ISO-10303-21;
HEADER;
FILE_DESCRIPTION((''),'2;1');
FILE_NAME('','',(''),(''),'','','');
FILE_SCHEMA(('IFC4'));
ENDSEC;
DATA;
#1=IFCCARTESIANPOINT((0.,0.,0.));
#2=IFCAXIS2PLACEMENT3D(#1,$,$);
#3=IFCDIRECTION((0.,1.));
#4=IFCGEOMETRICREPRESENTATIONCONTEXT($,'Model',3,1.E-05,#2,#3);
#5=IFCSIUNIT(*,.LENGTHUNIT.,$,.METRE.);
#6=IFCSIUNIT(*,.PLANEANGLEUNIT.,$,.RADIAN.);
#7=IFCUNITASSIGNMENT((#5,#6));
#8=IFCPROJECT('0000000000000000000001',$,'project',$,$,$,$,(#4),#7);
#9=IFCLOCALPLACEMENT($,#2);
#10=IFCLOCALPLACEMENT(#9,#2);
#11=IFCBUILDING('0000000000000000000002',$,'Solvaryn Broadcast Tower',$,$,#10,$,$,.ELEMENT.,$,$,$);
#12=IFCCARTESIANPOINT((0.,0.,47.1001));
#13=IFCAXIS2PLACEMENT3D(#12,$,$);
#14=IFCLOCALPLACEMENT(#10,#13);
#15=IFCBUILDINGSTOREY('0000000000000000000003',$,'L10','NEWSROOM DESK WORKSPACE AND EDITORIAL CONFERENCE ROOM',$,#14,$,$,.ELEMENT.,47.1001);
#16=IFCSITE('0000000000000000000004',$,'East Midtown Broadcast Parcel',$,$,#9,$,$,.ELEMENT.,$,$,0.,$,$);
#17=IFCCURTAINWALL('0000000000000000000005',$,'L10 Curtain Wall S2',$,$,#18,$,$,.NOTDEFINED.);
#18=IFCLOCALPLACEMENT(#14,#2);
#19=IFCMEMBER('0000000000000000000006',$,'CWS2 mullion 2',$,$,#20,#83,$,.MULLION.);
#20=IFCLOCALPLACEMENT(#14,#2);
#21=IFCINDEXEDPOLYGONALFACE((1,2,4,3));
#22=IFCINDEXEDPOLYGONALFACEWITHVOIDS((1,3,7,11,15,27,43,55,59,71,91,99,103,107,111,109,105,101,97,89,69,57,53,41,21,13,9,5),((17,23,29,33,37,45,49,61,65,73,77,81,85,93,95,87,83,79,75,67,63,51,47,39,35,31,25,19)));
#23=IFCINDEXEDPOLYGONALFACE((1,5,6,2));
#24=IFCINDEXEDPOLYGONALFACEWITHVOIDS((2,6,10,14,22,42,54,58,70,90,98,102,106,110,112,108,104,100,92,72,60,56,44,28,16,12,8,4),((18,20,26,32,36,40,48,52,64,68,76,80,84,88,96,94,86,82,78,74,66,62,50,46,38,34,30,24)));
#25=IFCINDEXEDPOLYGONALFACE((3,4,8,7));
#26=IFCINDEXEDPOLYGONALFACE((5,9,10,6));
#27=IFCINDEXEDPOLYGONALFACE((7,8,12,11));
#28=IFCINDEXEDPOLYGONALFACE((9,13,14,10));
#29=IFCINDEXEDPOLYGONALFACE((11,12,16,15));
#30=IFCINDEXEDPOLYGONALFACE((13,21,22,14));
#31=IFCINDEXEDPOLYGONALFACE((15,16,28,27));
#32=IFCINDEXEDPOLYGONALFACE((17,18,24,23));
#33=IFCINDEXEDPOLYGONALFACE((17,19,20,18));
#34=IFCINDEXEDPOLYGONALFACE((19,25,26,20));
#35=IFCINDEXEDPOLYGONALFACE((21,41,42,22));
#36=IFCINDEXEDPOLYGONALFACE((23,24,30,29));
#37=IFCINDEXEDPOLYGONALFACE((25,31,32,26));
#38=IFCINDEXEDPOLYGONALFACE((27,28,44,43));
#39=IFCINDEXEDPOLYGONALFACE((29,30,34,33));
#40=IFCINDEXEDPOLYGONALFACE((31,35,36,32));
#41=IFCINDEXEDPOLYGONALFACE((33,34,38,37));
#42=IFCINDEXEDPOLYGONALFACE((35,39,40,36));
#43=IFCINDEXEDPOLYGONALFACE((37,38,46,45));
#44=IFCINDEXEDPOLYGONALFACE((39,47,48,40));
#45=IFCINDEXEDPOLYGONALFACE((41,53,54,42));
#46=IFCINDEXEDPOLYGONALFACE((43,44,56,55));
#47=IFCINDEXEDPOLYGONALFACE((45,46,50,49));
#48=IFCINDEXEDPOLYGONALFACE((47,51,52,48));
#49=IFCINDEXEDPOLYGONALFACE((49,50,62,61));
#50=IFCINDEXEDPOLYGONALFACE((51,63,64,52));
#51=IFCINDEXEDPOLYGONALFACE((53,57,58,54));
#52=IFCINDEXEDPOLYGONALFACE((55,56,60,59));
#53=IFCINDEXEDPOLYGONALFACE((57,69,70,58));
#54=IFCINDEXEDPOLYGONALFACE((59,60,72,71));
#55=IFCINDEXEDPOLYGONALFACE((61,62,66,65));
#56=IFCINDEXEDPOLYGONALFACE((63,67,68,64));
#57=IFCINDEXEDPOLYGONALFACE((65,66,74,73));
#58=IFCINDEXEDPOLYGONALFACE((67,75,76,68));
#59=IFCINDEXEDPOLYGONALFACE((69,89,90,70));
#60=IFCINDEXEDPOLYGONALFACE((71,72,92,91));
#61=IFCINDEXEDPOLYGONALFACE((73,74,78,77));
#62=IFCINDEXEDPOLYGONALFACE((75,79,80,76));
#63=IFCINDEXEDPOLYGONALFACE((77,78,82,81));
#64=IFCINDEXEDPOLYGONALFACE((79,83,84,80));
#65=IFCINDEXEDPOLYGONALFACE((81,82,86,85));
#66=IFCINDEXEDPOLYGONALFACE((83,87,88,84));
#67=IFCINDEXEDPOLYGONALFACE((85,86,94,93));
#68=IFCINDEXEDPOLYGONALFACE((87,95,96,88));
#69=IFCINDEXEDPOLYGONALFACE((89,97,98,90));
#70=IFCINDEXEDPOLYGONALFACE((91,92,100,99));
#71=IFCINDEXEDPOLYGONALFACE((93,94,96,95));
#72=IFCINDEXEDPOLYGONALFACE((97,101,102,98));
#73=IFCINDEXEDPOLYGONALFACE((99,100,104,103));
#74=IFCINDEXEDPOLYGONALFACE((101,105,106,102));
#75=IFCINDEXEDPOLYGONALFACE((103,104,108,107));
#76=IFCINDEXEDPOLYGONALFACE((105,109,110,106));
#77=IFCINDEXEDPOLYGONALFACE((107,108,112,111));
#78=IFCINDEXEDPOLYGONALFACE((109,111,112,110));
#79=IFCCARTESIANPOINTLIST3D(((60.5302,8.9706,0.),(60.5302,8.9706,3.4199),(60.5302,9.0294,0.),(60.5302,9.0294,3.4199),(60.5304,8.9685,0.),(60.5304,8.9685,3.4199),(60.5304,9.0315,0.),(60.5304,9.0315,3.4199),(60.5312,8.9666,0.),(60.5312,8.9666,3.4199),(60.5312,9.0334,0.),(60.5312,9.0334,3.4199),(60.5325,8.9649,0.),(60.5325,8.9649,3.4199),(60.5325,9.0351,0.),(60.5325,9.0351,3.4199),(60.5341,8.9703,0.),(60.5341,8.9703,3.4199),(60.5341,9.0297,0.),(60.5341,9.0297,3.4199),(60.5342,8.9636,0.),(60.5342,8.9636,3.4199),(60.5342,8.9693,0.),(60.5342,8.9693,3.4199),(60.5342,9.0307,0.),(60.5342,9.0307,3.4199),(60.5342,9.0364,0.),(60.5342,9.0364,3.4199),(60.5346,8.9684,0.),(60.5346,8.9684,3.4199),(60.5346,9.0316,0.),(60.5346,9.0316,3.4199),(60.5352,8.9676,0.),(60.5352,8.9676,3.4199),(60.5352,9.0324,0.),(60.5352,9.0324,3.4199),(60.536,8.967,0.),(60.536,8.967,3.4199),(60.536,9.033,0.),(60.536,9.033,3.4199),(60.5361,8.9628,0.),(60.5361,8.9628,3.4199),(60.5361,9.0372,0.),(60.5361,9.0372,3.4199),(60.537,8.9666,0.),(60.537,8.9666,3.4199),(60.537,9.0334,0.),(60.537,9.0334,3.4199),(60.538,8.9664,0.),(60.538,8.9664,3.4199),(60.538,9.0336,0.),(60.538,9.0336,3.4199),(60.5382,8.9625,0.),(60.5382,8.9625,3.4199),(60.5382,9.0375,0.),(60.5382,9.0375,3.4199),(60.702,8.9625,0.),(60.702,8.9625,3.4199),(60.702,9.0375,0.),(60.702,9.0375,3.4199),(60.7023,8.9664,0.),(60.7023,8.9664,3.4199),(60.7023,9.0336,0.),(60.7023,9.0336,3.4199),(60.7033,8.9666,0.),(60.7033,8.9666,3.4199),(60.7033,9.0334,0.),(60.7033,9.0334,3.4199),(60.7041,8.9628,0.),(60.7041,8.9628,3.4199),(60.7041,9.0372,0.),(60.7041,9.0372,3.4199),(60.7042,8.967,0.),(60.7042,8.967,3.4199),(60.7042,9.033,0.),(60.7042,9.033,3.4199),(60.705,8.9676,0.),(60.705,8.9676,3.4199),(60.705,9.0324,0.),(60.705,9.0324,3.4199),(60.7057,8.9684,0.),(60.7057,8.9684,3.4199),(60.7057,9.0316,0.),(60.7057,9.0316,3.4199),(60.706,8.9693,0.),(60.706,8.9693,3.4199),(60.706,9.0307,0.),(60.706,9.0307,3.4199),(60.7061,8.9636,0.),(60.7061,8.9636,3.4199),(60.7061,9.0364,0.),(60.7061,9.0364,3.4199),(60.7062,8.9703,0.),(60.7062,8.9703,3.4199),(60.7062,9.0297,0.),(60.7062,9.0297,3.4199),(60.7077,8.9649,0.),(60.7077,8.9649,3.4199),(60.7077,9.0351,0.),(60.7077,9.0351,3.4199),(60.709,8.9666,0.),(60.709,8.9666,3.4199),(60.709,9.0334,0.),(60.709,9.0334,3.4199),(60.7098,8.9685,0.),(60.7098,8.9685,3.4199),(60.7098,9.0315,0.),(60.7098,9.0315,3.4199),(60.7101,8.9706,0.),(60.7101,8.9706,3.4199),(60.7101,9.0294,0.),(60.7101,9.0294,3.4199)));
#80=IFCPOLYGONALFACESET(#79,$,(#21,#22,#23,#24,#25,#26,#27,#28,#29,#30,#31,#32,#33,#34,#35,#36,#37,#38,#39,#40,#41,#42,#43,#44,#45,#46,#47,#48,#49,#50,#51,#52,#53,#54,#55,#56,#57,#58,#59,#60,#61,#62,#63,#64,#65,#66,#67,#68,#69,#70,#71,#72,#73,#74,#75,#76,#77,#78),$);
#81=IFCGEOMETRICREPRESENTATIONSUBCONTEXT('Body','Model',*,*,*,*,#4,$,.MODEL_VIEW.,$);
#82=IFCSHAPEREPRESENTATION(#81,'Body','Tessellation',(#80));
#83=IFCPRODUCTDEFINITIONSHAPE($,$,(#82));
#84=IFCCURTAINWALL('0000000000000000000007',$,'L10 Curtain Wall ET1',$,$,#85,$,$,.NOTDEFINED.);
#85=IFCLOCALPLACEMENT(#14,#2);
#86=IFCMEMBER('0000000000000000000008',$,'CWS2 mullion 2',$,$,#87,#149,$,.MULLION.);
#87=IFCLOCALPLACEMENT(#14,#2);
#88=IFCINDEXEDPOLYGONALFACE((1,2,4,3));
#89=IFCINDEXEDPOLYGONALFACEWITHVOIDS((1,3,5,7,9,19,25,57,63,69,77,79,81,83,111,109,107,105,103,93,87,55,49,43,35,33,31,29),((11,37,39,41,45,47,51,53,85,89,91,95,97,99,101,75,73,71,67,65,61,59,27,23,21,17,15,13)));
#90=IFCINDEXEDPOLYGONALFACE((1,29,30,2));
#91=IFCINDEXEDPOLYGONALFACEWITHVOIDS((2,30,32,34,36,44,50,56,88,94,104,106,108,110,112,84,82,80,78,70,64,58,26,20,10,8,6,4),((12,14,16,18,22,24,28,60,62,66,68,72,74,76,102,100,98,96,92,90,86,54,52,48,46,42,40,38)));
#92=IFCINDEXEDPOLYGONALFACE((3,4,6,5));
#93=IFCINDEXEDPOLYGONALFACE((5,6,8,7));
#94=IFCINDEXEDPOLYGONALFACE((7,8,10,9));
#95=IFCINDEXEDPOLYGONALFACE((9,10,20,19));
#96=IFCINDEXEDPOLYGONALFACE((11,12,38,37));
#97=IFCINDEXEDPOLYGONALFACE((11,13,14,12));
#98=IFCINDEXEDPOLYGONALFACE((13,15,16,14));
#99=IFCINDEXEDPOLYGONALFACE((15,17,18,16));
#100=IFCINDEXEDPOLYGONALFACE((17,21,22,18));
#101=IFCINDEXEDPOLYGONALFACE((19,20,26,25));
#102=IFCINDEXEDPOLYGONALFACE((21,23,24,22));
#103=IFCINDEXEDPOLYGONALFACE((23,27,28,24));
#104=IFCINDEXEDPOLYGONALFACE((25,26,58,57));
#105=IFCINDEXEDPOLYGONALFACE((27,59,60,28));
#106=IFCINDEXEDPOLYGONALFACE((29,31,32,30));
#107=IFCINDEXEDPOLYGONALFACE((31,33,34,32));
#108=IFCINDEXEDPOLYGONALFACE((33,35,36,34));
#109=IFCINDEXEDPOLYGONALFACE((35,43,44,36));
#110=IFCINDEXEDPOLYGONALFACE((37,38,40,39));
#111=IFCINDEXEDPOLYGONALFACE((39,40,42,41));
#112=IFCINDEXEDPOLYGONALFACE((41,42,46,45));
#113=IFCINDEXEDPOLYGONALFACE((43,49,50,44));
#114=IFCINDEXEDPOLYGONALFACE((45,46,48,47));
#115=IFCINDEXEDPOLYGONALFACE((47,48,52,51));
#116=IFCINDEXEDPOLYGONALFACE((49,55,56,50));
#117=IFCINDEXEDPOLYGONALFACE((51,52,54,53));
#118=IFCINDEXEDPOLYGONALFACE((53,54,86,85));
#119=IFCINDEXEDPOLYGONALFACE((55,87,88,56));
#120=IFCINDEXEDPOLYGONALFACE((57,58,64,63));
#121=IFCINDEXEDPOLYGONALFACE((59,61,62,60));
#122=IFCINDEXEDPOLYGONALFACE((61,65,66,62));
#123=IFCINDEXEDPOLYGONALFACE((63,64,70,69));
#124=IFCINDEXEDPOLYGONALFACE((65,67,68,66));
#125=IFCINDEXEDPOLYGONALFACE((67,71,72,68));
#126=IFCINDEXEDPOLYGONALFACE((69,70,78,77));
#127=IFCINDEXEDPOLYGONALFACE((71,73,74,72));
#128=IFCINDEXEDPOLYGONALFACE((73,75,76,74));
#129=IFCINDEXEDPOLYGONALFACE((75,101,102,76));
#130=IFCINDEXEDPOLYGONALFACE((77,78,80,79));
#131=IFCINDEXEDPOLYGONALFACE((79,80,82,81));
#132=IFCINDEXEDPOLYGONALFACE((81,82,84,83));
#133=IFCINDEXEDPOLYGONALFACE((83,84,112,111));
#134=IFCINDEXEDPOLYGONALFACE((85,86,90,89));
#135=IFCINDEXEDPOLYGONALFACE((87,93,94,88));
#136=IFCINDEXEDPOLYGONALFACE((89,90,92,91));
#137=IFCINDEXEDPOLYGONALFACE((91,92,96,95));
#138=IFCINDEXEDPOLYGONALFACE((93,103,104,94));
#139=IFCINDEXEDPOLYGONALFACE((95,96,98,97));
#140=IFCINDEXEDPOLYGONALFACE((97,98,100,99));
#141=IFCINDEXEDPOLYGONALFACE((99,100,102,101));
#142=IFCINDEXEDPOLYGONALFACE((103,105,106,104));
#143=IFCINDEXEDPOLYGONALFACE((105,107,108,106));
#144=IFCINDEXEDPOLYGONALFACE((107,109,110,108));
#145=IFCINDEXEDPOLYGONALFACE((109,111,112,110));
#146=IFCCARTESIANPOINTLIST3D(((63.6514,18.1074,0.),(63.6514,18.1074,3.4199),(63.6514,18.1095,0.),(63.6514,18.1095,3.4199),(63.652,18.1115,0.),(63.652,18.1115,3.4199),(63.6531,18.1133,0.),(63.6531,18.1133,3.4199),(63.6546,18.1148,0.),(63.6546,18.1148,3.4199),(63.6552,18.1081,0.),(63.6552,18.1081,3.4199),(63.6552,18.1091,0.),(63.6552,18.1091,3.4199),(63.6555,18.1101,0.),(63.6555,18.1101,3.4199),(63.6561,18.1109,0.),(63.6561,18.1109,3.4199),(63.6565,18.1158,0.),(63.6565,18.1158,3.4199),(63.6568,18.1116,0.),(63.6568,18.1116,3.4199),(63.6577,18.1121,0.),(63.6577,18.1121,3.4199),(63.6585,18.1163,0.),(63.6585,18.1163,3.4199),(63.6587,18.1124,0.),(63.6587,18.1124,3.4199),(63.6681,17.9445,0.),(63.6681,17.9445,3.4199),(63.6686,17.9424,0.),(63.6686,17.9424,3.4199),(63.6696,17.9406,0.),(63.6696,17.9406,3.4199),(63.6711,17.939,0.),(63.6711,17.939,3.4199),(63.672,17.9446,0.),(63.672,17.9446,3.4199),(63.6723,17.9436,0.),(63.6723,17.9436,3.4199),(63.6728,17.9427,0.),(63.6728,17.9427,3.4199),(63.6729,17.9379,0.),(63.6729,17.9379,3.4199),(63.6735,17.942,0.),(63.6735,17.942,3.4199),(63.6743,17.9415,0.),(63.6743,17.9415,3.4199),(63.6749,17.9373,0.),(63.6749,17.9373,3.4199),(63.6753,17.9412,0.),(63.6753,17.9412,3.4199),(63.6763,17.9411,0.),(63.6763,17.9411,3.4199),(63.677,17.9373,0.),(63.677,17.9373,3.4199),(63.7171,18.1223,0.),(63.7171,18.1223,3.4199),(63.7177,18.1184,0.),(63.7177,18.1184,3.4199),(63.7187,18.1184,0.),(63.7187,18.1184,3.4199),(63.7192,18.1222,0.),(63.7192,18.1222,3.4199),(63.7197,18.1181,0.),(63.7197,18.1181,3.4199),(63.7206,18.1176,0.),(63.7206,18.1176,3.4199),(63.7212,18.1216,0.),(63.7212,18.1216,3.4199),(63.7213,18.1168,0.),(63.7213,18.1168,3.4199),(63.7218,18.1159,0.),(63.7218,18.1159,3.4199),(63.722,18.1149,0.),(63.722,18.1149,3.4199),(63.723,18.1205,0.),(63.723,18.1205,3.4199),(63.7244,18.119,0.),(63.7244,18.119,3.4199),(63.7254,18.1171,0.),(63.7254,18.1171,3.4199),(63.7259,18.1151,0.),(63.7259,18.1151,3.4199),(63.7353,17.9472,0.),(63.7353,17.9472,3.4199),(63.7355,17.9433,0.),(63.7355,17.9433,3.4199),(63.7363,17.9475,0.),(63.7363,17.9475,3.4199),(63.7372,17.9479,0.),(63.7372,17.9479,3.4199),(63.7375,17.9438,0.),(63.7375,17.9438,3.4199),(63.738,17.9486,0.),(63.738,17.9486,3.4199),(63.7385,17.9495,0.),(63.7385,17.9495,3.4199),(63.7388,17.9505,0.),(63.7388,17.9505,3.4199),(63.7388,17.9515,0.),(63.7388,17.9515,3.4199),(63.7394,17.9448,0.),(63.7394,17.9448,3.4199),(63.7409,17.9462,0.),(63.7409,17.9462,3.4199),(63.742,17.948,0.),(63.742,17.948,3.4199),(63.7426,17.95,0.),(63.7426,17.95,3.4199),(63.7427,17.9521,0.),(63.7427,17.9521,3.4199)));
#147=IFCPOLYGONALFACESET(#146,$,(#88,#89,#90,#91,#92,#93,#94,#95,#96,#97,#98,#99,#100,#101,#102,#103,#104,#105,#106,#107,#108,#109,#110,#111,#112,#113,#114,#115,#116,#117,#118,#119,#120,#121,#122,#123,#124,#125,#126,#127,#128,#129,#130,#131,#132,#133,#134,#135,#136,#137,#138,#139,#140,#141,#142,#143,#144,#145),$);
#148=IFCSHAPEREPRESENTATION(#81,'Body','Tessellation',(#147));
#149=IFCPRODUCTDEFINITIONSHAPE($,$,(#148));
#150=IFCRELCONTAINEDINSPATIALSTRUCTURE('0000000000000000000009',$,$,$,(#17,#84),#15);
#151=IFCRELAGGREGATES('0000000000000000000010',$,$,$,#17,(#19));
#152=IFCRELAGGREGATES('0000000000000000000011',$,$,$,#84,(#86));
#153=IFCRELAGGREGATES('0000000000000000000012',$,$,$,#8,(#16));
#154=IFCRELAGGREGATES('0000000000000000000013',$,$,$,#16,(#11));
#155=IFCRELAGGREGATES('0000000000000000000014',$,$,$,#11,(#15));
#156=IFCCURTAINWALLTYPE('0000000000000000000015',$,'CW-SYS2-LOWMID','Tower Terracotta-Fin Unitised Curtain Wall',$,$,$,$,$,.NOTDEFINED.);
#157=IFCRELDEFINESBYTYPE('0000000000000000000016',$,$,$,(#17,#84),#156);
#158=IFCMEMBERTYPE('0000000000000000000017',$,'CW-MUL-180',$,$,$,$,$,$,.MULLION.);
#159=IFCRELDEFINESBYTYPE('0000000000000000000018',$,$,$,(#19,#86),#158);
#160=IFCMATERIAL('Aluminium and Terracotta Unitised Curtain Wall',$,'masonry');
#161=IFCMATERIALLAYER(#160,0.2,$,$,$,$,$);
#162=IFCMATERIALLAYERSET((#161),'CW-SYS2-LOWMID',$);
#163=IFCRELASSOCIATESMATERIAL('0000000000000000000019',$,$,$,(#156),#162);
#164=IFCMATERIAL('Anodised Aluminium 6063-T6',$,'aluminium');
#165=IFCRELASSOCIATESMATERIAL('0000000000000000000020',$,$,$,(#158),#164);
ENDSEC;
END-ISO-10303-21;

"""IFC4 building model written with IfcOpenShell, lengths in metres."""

from ifc_helpers import new_model, si_unit, direction, frame, origin, origin_2d, place, context, subcontext, project, spatial, hollow_rectangle, extrude, material, layer, layer_set, material_profile, profile_set, type_object, element, aggregate, save


model = new_model("IFC4")

# Units and contexts
model_context = context("Model", 3, precision=1e-05, world=origin(), true_north=direction((0.0, 1.0)))
body_context = subcontext(model_context, "Body", "Model", "MODEL_VIEW")
ifc_project = project(units=[si_unit("LENGTHUNIT", "METRE"), si_unit("PLANEANGLEUNIT", "RADIAN")], contexts=[model_context])

# Site, building, storey
site_placement = place(None, origin())
site = spatial("IfcSite", under=ifc_project, at=site_placement, Name="East Midtown Broadcast Parcel", CompositionType="ELEMENT", RefElevation=0.0)
building_placement = place(site_placement, origin())
building = spatial("IfcBuilding", under=site, at=building_placement, Name="Solvaryn Broadcast Tower", CompositionType="ELEMENT")
storey_placement = place(building_placement, frame((0.0, 0.0, 47.1001)))
storey = spatial("IfcBuildingStorey", under=building, at=storey_placement, Name="L10", Description="NEWSROOM DESK WORKSPACE AND EDITORIAL CONFERENCE ROOM", CompositionType="ELEMENT", Elevation=47.1001)

# Curtain walls, members
ifc_material_1 = material(Name="Aluminium and Terracotta Unitised Curtain Wall", Category="masonry")
ifc_layer_1 = layer(ifc_material_1, 0.2)
ifc_layer_set_1 = layer_set([ifc_layer_1], Name="CW-SYS2-LOWMID")
curtain_wall_type = type_object("IfcCurtainWallType", Name="CW-SYS2-LOWMID", Description="Tower Terracotta-Fin Unitised Curtain Wall", PredefinedType="NOTDEFINED", material=ifc_layer_set_1)
curtain_wall_1_placement = place(storey_placement, origin())
curtain_wall_1 = element("IfcCurtainWall", 1, at=curtain_wall_1_placement, inside=storey, type_object=curtain_wall_type, Name="L10 Curtain Wall S2", PredefinedType="NOTDEFINED")
ifc_material_2 = material(Name="Anodised Aluminium 6063-T6", Category="aluminium")
ifc_material_profile_1 = material_profile(ifc_material_2, hollow_rectangle(XDim=0.075, YDim=0.1799, WallThickness=0.0039, InnerFilletRadius=0.0039, OuterFilletRadius=0.0081, at=origin_2d()))
ifc_profile_set_1 = profile_set([ifc_material_profile_1], Name="Anodised Aluminium 6063-T6")
member_type_1 = type_object("IfcMemberType", Name="CW-MUL-180", PredefinedType="MULLION", material=ifc_profile_set_1)
member_1_placement = place(storey_placement, frame((60.6201, 9.0, 0.0), z_axis=(0.0, 0.0, 1.0), x_axis=(0.0, 1.0, 0.0)))
member_1 = element("IfcMember", 2, at=member_1_placement, type_object=member_type_1, Name="CWS2 mullion 2", PredefinedType="MULLION", context=body_context, shape_type="SweptSolid", body=[
    extrude(hollow_rectangle(XDim=0.075, YDim=0.1799, WallThickness=0.0039, InnerFilletRadius=0.0039, OuterFilletRadius=0.0081, at=origin_2d()), origin(), (0.0, 0.0, 1.0), 3.4199),
])
aggregate(curtain_wall_1, [member_1])
curtain_wall_2_placement = place(storey_placement, origin())
curtain_wall_2 = element("IfcCurtainWall", 3, at=curtain_wall_2_placement, inside=storey, type_object=curtain_wall_type, Name="L10 Curtain Wall ET1", PredefinedType="NOTDEFINED")
member_2_placement = place(storey_placement, frame((63.697, 18.0298, 0.0), z_axis=(0.0, 0.0, 1.0), x_axis=(0.994743, 0.1024, 0.0)))
member_2 = element("IfcMember", 4, at=member_2_placement, type_object=member_type_1, Name="CWS2 mullion 2", PredefinedType="MULLION", context=body_context, shape_type="SweptSolid", body=[
    extrude(hollow_rectangle(XDim=0.075, YDim=0.1799, WallThickness=0.0039, InnerFilletRadius=0.0039, OuterFilletRadius=0.0081, at=origin_2d()), origin(), (0.0, 0.0, 1.0), 3.4199),
])
aggregate(curtain_wall_2, [member_2])

save(model, "model.ifc")
